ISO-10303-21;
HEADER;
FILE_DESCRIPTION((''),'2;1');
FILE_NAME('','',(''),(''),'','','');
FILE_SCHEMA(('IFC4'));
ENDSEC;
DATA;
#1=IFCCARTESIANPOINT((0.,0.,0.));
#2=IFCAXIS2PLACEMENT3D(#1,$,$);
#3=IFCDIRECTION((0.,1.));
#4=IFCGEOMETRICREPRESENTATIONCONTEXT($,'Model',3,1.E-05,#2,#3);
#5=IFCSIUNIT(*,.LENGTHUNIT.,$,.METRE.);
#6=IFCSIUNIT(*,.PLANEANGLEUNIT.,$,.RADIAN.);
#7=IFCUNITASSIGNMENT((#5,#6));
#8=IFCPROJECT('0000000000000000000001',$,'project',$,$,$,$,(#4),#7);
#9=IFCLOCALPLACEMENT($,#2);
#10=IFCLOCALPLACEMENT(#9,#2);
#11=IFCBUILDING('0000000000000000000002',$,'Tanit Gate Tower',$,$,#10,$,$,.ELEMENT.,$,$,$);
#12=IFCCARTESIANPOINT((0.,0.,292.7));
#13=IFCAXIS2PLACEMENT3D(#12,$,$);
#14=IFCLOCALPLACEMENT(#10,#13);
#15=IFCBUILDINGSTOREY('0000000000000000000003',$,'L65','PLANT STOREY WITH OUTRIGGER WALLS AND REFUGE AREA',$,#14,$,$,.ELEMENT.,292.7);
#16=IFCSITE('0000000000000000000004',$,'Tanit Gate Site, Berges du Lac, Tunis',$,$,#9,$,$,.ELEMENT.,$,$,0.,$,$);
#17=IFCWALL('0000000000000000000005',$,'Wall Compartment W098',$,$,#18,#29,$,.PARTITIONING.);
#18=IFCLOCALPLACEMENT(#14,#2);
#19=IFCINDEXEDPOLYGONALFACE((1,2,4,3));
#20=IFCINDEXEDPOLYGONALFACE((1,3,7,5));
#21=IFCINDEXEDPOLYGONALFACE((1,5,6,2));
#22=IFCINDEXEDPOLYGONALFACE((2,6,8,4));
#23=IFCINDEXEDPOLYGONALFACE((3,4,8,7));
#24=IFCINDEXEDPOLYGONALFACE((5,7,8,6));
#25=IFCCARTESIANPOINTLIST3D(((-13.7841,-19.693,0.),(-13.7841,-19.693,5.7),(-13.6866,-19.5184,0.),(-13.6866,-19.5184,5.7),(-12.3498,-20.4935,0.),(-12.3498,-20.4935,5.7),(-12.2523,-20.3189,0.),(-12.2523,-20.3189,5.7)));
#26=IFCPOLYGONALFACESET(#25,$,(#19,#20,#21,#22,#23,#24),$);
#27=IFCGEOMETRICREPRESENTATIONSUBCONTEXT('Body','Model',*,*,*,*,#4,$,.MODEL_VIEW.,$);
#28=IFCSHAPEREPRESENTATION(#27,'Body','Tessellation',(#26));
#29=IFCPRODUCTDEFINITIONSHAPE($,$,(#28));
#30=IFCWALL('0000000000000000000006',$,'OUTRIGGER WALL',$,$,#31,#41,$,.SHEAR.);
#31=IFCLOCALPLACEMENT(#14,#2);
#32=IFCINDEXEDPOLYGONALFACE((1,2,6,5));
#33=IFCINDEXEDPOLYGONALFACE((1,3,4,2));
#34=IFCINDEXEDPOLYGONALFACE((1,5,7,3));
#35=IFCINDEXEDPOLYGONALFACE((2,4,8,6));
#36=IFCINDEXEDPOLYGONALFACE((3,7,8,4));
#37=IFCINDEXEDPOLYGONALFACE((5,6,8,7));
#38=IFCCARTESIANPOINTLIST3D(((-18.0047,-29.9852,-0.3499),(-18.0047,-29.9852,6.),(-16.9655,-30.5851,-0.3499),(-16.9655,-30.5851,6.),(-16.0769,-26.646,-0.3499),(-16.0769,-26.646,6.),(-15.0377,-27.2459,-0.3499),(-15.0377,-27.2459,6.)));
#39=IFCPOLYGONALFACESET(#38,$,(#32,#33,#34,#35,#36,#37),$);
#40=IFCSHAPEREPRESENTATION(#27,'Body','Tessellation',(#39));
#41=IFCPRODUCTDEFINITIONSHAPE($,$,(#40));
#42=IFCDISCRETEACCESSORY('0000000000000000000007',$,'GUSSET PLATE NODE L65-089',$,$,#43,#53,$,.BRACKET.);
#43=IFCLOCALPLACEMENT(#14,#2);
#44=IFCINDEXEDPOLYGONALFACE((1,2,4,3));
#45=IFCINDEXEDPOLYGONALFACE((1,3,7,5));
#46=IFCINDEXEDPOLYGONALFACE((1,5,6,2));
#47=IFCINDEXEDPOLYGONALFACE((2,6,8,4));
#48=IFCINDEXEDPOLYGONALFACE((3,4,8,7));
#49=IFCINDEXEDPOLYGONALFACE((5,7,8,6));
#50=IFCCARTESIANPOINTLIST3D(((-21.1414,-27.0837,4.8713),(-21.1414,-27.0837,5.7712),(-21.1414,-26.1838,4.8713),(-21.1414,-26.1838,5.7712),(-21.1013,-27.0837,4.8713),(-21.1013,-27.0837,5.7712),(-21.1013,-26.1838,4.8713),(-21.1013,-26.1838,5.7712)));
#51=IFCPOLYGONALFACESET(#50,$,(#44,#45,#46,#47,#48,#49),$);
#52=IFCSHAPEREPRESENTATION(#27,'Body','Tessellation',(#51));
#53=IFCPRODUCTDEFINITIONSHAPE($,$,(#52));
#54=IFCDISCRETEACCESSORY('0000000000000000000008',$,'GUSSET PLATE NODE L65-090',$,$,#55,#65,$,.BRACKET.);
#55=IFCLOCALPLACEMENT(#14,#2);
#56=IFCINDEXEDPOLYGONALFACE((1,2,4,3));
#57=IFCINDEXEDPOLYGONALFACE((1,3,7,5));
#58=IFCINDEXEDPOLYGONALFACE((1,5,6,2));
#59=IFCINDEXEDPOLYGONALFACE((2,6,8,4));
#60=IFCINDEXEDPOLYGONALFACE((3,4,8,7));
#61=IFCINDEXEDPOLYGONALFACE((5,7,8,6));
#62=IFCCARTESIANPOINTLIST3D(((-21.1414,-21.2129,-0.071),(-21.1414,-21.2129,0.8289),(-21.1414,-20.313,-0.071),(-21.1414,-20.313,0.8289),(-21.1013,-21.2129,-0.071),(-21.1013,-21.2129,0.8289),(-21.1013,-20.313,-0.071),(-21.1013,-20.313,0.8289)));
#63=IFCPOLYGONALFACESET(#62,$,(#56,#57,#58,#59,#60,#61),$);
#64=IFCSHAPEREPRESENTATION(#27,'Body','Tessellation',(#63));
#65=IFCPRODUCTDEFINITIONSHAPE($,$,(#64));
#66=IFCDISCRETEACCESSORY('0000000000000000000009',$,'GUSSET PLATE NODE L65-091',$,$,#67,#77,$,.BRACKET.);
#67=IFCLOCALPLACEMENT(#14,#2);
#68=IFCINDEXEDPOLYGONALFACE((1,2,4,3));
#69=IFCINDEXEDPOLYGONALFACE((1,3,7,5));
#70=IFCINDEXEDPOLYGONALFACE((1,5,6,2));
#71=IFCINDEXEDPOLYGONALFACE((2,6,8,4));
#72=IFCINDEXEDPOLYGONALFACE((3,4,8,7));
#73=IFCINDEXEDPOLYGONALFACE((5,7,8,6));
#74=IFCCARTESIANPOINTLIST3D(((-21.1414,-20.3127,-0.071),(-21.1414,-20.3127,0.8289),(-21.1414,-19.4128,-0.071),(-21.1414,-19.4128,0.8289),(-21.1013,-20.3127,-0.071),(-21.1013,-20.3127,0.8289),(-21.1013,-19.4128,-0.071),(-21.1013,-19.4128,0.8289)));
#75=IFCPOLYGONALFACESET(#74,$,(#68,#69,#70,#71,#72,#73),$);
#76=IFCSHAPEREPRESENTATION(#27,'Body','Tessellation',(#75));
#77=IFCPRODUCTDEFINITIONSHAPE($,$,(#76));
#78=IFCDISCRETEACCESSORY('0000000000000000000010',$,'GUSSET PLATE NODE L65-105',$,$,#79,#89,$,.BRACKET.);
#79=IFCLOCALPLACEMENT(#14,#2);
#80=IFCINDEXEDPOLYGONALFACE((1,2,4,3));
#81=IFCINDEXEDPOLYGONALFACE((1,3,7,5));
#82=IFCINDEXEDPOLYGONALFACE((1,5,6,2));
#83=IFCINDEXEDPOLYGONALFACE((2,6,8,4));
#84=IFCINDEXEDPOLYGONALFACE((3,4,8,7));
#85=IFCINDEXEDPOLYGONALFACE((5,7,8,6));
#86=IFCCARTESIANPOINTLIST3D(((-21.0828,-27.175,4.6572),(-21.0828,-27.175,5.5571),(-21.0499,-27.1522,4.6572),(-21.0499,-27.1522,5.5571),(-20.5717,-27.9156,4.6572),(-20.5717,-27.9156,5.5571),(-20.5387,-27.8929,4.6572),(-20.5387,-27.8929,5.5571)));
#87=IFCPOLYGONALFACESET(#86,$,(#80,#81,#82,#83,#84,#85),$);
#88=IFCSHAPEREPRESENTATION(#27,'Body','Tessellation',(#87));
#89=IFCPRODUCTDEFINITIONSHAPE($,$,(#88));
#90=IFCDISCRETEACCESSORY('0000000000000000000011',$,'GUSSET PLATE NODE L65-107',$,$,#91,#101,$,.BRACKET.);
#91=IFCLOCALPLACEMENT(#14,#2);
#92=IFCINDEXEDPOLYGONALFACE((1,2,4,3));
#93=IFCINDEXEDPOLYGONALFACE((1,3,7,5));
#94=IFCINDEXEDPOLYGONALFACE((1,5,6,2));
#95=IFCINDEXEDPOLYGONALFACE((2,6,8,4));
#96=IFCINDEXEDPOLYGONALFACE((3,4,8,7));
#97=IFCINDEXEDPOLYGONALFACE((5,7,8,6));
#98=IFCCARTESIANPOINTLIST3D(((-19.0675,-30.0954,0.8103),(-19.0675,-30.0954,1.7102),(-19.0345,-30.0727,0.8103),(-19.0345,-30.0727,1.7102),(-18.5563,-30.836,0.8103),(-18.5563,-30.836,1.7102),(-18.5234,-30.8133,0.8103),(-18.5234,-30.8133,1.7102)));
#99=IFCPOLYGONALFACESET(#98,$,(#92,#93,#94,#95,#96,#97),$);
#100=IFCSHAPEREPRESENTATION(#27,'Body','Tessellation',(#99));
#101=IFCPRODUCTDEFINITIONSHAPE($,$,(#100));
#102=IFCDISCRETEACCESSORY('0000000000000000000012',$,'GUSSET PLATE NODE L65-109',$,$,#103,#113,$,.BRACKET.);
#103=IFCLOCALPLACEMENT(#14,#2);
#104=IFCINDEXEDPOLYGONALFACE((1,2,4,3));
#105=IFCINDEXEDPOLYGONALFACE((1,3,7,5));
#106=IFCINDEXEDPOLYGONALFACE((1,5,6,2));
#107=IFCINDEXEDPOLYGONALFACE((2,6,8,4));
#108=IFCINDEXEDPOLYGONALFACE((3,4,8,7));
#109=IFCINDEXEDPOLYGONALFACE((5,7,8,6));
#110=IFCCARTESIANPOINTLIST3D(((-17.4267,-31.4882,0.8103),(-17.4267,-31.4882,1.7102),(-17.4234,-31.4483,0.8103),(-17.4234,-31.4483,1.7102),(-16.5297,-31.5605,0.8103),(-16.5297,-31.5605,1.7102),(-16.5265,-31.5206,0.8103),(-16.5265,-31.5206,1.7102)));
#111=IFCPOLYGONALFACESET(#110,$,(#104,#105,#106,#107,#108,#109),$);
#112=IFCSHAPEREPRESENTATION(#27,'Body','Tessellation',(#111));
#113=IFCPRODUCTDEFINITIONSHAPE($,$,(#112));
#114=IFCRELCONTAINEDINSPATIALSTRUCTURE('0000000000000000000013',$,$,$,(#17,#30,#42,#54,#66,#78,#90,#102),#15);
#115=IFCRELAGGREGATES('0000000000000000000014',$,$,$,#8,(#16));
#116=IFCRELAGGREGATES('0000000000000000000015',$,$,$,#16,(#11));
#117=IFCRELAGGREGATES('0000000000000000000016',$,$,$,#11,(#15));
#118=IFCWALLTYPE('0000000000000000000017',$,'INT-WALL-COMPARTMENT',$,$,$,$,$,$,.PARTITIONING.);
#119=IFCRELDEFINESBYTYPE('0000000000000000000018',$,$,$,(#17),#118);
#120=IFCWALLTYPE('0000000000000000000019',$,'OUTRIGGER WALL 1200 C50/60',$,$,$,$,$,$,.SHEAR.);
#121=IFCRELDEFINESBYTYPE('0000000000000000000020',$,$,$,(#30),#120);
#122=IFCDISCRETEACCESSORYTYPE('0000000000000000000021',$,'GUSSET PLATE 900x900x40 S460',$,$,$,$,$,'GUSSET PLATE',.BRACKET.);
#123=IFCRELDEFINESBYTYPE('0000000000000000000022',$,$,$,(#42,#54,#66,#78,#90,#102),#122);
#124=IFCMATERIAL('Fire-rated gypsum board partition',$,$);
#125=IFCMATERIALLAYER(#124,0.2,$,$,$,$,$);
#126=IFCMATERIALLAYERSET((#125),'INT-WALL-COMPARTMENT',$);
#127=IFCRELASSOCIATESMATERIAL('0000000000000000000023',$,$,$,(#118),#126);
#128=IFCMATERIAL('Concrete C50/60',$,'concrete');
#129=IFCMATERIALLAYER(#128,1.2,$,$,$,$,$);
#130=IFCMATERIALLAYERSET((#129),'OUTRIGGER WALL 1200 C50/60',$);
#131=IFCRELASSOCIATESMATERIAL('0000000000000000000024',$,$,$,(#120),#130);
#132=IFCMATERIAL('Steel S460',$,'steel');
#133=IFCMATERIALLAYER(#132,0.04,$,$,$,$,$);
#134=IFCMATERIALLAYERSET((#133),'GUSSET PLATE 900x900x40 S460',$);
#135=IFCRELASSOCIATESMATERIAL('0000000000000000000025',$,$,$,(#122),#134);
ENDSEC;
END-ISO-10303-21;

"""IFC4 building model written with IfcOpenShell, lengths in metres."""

from ifc_helpers import new_model, si_unit, direction, frame, frame_2d, origin, origin_2d, place, context, subcontext, project, spatial, rectangle, extrude, material, layer, layer_set, type_object, element, save


model = new_model("IFC4")

# Units and contexts
model_context = context("Model", 3, precision=1e-05, world=origin(), true_north=direction((0.0, 1.0)))
body_context = subcontext(model_context, "Body", "Model", "MODEL_VIEW")
ifc_project = project(units=[si_unit("LENGTHUNIT", "METRE"), si_unit("PLANEANGLEUNIT", "RADIAN")], contexts=[model_context])

# Site, building, storey
site_placement = place(None, origin())
site = spatial("IfcSite", under=ifc_project, at=site_placement, Name="Tanit Gate Site, Berges du Lac, Tunis", CompositionType="ELEMENT", RefElevation=0.0)
building_placement = place(site_placement, origin())
building = spatial("IfcBuilding", under=site, at=building_placement, Name="Tanit Gate Tower", CompositionType="ELEMENT")
storey_placement = place(building_placement, frame((0.0, 0.0, 292.7)))
storey = spatial("IfcBuildingStorey", under=building, at=storey_placement, Name="L65", Description="PLANT STOREY WITH OUTRIGGER WALLS AND REFUGE AREA", CompositionType="ELEMENT", Elevation=292.7)

# Walls
ifc_material_1 = material(Name="Fire-rated gypsum board partition")
ifc_layer_1 = layer(ifc_material_1, 0.2)
ifc_layer_set_1 = layer_set([ifc_layer_1], Name="INT-WALL-COMPARTMENT")
wall_type_1 = type_object("IfcWallType", Name="INT-WALL-COMPARTMENT", PredefinedType="PARTITIONING", material=ifc_layer_set_1)
wall_1_placement = place(storey_placement, frame((-13.7354, -19.6057, 0.0), z_axis=(0.0, 0.0, 1.0), x_axis=(0.873202, -0.487358, 0.0)))
element("IfcWall", 1, at=wall_1_placement, inside=storey, type_object=wall_type_1, Name="Wall Compartment W098", PredefinedType="PARTITIONING", context=body_context, shape_type="SweptSolid", body=[
    extrude(rectangle(XDim=1.6426, YDim=0.2, at=frame_2d((0.8213, 0.0))), origin(), (0.0, 0.0, 1.0), 5.7),
])
ifc_material_2 = material(Name="Concrete C50/60", Category="concrete")
ifc_layer_2 = layer(ifc_material_2, 1.2)
ifc_layer_set_2 = layer_set([ifc_layer_2], Name="OUTRIGGER WALL 1200 C50/60")
wall_type_2 = type_object("IfcWallType", Name="OUTRIGGER WALL 1200 C50/60", PredefinedType="SHEAR", material=ifc_layer_set_2)
wall_2_placement = place(storey_placement, frame((-15.5574, -26.946, -0.3499), z_axis=(0.0, 0.0, 1.0), x_axis=(-0.49998, -0.866037, 0.0)))
element("IfcWall", 2, at=wall_2_placement, inside=storey, type_object=wall_type_2, Name="OUTRIGGER WALL", PredefinedType="SHEAR", context=body_context, shape_type="SweptSolid", body=[
    extrude(rectangle(XDim=3.8557, YDim=1.2, at=frame_2d((1.9277, 0.0))), origin(), (0.0, 0.0, 1.0), 6.3499),
])

# Discrete accessories
ifc_material_3 = material(Name="Steel S460", Category="steel")
ifc_layer_3 = layer(ifc_material_3, 0.04)
ifc_layer_set_3 = layer_set([ifc_layer_3], Name="GUSSET PLATE 900x900x40 S460")
discrete_accessory_type = type_object("IfcDiscreteAccessoryType", Name="GUSSET PLATE 900x900x40 S460", ElementType="GUSSET PLATE", PredefinedType="BRACKET", material=ifc_layer_set_3)
for number, where, z_axis, x_axis, name in (
    (3, (-21.1213, -26.6338, 4.8713), (0.0, 0.0, 1.0), (0.0, 1.0, 0.0), "GUSSET PLATE NODE L65-089"),
    (4, (-21.1213, -20.7629, -0.071), (0.0, 0.0, 1.0), (0.0, -1.0, 0.0), "GUSSET PLATE NODE L65-090"),
    (5, (-21.1213, -19.8628, -0.071), (0.0, 0.0, 1.0), (0.0, 1.0, 0.0), "GUSSET PLATE NODE L65-091"),
    (6, (-20.8108, -27.5339, 4.6572), (0.0, 0.0, 1.0), (0.568016, -0.823017, 0.0), "GUSSET PLATE NODE L65-105"),
    (7, (-18.7954, -30.4543, 0.8103), (0.0, 0.0, 1.0), (-0.568016, 0.823017, 0.0), "GUSSET PLATE NODE L65-107"),
    (8, (-16.9766, -31.5044, 0.8103), (0.0, 0.0, 1.0), (0.996762, -0.080408, 0.0), "GUSSET PLATE NODE L65-109"),
):
    element("IfcDiscreteAccessory", number, at=place(storey_placement, frame(where, z_axis=z_axis, x_axis=x_axis)), inside=storey, type_object=discrete_accessory_type, Name=name, PredefinedType="BRACKET", context=body_context, shape_type="SweptSolid", body=[
        extrude(rectangle(XDim=0.8999, YDim=0.04, at=origin_2d()), origin(), (0.0, 0.0, 1.0), 0.8999),
    ])

save(model, "model.ifc")
